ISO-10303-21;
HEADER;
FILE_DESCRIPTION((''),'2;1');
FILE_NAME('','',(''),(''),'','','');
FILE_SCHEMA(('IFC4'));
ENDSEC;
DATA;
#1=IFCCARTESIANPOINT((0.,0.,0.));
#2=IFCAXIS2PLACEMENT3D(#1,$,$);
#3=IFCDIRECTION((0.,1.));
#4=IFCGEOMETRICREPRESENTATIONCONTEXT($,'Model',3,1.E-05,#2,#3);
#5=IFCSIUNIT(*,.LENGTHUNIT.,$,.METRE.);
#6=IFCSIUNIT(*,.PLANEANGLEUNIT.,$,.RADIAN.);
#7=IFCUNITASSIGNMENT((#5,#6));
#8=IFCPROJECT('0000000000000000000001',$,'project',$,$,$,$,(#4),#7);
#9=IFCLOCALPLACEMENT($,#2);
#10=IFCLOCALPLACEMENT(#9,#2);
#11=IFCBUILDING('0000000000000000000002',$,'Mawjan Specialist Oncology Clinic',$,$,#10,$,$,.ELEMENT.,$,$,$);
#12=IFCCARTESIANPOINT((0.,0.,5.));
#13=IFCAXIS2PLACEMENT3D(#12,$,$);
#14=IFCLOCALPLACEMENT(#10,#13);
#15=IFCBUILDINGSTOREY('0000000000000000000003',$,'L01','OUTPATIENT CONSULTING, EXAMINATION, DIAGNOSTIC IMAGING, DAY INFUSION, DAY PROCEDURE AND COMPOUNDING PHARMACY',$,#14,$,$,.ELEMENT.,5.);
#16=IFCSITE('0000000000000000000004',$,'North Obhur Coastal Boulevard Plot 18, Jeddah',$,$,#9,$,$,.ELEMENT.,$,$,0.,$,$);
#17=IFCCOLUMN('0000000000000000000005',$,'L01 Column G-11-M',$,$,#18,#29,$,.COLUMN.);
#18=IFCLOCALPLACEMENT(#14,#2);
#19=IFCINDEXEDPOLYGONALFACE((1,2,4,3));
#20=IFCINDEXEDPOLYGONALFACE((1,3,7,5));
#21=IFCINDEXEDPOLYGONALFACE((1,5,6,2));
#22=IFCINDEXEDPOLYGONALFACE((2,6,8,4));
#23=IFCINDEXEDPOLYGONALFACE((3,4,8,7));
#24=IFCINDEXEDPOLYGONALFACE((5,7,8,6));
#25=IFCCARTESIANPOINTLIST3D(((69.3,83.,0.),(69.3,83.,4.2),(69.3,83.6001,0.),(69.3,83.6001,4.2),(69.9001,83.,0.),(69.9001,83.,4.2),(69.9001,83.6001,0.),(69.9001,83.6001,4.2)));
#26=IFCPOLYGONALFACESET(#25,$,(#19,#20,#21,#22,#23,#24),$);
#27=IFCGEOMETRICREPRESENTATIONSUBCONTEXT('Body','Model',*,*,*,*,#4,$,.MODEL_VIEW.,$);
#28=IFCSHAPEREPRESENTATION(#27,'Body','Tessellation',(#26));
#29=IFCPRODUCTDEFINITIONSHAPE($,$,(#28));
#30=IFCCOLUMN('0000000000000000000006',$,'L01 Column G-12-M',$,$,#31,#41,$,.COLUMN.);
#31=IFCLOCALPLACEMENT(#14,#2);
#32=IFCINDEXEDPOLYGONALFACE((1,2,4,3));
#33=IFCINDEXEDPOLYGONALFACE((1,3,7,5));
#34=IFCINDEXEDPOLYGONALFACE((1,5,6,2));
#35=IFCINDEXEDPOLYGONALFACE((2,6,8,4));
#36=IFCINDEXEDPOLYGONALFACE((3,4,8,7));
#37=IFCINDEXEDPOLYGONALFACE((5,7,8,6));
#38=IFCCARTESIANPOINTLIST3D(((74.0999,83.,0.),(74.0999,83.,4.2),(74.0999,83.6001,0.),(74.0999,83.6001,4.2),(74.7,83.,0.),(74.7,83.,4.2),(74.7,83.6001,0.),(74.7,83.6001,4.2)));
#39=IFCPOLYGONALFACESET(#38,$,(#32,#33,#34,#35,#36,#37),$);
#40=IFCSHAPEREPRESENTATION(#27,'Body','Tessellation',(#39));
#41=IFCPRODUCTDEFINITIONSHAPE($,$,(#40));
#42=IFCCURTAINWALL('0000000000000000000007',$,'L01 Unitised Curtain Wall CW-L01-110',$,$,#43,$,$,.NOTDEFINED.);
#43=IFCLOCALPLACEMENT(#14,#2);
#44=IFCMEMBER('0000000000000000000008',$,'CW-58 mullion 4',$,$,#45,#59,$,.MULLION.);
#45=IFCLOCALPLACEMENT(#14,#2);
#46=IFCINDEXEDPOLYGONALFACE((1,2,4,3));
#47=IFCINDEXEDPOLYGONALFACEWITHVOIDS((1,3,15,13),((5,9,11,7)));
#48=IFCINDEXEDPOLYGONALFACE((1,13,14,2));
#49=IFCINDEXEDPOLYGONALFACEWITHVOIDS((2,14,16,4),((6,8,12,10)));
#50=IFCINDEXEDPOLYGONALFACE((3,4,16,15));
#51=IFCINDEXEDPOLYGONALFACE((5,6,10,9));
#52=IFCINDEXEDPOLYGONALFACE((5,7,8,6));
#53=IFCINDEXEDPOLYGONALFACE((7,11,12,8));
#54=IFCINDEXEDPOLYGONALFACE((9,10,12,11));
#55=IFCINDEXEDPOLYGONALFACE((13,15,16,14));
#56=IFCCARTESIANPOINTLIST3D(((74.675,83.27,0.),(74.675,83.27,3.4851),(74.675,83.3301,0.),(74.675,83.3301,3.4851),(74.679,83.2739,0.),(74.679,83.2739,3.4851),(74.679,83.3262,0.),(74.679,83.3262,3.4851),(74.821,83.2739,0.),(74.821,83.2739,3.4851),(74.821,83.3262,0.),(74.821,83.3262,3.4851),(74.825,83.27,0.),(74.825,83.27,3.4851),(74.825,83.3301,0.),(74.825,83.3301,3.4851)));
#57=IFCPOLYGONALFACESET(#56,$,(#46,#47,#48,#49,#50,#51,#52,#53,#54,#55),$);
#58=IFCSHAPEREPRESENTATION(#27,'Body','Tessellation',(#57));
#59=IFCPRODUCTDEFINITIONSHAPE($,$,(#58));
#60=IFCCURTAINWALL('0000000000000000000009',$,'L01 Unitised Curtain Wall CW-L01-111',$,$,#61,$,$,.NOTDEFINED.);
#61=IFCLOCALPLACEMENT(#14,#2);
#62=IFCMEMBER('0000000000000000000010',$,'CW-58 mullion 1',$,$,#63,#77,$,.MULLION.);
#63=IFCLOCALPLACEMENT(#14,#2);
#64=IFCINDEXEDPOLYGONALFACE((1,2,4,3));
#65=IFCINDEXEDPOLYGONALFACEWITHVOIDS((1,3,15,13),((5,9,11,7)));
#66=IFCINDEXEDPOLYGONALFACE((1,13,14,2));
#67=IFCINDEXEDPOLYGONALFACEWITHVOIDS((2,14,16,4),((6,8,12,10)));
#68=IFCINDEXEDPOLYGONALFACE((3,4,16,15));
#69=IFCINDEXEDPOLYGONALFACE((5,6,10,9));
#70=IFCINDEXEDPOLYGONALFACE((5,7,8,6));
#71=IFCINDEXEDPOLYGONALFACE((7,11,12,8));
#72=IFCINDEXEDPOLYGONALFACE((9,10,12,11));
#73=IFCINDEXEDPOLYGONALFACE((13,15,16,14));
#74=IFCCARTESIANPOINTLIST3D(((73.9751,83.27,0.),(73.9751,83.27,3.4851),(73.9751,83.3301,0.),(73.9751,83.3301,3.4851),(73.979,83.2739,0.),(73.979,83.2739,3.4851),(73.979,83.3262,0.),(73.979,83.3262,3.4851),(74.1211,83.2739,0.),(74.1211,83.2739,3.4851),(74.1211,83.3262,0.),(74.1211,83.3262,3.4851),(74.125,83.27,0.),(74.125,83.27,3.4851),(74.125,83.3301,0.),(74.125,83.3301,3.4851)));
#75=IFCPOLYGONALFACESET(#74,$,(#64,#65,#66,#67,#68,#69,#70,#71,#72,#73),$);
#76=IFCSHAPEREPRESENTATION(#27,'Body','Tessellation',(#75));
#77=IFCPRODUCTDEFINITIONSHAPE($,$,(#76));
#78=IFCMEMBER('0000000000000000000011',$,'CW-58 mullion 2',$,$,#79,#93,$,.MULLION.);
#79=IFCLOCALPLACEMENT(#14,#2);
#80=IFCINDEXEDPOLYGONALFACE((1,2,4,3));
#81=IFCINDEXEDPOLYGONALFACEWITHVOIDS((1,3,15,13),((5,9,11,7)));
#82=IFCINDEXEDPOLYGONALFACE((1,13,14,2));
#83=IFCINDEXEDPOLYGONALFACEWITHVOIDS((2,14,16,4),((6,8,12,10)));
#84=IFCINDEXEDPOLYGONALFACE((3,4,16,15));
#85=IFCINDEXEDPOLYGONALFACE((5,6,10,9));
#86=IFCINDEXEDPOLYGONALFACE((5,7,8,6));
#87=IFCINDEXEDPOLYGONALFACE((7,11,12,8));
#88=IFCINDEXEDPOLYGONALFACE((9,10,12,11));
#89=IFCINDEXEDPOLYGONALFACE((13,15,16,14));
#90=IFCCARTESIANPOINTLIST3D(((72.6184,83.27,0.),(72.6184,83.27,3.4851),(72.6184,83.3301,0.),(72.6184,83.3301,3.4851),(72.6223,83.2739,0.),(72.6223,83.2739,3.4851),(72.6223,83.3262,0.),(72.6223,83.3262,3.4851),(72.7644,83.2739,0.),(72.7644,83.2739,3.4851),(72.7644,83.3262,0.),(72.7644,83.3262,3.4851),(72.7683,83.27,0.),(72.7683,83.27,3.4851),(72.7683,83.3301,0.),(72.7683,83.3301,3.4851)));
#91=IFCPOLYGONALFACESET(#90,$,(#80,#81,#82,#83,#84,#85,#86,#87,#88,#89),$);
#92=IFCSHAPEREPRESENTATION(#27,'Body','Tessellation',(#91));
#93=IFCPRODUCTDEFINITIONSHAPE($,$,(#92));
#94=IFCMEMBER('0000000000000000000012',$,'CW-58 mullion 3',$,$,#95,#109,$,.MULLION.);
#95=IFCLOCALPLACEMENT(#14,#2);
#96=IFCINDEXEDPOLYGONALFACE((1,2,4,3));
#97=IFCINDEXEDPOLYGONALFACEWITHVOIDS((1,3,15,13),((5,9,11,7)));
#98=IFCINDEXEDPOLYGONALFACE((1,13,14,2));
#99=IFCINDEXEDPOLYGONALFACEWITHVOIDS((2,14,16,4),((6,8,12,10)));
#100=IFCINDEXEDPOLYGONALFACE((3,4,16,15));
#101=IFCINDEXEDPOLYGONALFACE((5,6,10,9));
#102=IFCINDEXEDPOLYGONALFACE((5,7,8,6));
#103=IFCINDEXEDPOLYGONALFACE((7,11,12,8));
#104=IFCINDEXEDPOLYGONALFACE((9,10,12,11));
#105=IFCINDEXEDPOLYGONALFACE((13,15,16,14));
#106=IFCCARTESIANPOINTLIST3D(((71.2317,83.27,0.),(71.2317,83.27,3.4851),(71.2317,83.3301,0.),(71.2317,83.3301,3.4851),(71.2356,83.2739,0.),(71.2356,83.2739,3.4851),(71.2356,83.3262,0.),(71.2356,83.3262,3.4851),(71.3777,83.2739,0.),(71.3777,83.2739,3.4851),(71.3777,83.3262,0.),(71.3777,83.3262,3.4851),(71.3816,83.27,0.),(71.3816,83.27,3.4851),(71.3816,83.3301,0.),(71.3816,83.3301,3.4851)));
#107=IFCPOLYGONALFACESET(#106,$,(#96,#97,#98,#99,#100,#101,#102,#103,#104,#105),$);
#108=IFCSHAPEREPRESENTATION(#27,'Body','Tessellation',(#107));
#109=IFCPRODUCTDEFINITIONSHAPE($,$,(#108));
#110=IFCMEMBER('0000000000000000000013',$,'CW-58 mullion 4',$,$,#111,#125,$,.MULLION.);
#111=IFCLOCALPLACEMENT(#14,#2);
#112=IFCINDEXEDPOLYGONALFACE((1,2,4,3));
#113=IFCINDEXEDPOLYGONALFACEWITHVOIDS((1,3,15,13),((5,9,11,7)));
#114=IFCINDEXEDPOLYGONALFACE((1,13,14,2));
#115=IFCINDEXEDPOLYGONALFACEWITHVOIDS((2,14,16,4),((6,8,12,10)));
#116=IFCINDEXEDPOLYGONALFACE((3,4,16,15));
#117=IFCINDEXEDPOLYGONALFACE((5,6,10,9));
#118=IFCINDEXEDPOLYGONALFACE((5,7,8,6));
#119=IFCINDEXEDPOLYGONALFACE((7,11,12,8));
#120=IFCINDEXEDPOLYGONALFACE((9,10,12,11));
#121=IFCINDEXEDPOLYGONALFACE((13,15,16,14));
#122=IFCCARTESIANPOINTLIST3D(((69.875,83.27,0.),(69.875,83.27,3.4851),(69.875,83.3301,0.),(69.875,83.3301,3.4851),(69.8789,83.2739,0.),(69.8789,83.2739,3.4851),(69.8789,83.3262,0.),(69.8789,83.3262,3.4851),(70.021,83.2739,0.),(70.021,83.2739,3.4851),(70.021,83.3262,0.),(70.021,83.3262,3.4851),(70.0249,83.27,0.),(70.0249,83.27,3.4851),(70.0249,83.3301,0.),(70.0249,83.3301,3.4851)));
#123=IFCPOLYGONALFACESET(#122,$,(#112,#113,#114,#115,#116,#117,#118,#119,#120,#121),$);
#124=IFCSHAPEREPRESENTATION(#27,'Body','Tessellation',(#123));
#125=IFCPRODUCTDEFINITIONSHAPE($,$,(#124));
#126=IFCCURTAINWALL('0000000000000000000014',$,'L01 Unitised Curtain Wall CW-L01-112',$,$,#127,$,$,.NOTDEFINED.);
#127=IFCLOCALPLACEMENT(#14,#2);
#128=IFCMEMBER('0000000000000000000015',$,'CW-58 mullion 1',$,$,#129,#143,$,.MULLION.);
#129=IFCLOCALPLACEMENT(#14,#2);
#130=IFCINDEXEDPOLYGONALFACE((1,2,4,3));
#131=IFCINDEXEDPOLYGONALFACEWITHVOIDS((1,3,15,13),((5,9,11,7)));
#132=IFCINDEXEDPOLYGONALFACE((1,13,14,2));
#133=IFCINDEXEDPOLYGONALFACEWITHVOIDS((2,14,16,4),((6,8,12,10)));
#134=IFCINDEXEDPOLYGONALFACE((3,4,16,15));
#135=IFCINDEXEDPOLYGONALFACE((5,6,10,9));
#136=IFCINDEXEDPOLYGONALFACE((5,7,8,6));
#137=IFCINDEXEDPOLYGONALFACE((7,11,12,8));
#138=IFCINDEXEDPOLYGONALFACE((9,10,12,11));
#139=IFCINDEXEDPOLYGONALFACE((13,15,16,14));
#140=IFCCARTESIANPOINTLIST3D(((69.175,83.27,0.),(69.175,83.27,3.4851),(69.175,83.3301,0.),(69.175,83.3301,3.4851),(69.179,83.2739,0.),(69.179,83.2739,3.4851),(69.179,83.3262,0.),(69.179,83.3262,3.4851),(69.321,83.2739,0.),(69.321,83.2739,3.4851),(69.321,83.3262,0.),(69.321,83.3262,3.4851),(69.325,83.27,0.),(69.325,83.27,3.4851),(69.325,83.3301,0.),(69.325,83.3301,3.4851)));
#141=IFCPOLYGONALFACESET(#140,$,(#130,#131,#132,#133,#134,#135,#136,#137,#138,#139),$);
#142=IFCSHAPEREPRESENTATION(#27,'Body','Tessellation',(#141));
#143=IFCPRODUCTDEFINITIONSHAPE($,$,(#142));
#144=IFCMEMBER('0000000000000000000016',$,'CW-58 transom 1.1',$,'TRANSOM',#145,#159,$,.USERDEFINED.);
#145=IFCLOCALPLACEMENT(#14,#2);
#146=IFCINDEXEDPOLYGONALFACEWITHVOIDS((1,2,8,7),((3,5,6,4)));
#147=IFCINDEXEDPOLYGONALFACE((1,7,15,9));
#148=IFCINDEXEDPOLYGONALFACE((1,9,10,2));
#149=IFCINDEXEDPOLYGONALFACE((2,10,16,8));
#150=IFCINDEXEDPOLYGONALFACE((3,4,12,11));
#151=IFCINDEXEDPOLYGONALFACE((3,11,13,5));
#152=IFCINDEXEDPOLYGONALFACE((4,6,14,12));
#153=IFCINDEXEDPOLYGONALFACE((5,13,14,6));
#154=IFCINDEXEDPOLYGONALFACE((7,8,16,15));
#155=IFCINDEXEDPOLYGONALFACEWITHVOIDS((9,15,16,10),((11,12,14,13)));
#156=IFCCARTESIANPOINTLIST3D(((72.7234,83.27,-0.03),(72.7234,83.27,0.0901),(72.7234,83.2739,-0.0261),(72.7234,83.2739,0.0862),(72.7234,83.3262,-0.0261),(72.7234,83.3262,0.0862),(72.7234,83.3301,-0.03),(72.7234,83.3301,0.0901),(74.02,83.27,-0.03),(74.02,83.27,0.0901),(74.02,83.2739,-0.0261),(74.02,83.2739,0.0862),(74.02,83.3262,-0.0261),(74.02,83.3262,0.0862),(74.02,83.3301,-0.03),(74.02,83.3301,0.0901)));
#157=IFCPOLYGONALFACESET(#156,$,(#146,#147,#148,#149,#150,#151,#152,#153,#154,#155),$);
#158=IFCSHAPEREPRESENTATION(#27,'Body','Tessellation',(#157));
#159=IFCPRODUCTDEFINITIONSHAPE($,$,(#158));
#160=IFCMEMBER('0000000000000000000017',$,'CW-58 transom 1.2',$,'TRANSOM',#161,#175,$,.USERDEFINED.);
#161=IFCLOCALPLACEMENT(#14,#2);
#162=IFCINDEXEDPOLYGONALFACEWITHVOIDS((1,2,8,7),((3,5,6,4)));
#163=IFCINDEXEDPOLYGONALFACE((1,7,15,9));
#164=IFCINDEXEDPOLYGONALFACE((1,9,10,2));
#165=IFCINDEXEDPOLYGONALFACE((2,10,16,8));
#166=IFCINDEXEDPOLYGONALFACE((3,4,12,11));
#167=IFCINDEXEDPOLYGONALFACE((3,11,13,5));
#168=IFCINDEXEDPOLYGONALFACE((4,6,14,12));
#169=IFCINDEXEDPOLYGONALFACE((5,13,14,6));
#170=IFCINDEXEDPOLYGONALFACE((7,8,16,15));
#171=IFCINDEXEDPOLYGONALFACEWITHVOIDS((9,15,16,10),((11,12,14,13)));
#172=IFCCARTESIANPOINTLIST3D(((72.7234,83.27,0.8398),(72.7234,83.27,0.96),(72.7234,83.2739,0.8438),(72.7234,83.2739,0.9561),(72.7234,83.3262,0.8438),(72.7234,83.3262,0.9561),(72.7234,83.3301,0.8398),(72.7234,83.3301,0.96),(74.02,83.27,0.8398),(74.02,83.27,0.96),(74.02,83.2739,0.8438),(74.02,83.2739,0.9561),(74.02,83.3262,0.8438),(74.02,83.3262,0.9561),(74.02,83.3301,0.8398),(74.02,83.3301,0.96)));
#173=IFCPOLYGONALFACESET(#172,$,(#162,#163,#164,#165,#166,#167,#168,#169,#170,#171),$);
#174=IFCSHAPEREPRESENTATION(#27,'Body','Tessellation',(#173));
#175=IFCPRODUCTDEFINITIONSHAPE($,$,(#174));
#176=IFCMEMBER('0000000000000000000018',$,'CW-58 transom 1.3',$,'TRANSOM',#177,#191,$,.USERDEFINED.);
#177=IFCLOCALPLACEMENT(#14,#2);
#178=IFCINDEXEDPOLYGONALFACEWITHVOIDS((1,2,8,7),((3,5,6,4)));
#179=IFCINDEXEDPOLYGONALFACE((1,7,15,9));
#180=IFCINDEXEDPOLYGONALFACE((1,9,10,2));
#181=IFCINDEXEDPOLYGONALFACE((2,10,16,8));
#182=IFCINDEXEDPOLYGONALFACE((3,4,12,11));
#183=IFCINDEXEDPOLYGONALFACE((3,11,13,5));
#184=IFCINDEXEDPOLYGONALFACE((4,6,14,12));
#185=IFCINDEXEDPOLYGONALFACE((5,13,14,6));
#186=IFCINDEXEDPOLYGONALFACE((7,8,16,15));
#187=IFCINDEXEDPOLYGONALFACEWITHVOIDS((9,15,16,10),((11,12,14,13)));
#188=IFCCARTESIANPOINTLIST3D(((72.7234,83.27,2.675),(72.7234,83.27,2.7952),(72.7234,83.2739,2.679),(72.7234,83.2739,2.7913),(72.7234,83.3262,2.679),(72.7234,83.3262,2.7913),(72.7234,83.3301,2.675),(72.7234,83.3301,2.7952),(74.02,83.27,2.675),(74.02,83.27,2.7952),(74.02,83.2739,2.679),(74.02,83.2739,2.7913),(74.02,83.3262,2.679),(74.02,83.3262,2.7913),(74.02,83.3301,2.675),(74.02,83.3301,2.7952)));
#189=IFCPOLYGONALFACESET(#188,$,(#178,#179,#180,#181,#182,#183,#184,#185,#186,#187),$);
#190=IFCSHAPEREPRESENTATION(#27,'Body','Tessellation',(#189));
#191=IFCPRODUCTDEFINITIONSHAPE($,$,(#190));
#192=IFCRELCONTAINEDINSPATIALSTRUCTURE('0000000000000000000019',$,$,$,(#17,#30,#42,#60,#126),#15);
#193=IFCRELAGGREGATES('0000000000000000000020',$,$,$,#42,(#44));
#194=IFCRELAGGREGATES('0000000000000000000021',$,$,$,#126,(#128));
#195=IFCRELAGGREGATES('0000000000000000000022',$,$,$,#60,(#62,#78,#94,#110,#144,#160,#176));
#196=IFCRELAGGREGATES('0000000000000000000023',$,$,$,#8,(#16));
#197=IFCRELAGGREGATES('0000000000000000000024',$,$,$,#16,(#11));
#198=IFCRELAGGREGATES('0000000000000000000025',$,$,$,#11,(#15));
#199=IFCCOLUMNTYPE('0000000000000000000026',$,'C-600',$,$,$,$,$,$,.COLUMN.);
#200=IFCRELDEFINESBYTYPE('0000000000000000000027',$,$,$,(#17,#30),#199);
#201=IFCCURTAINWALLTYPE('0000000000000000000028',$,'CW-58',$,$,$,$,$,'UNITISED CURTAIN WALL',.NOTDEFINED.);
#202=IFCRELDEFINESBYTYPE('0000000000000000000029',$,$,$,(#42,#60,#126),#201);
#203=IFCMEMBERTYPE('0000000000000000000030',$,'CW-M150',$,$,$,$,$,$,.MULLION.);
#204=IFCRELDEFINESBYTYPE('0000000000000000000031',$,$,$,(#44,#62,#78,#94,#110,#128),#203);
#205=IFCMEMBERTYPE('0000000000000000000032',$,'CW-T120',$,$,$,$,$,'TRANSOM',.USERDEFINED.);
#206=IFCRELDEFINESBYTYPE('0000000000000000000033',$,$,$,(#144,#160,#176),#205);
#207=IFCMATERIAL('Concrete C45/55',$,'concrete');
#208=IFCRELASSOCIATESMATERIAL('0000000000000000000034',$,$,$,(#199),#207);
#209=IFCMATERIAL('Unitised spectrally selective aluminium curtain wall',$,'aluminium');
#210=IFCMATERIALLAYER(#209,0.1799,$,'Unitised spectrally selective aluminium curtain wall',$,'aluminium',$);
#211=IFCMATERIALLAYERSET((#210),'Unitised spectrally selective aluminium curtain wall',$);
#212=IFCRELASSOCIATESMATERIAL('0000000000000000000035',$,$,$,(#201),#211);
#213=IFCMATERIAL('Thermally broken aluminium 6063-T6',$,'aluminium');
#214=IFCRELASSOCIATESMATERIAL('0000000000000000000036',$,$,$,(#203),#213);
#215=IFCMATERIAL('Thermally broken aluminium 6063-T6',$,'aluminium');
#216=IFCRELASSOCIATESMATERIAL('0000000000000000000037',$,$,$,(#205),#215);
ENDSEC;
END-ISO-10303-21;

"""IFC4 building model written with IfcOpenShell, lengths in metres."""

from ifc_helpers import new_model, si_unit, direction, frame, origin, origin_2d, place, context, subcontext, project, spatial, rectangle, hollow_rectangle, extrude, material, layer, layer_set, material_profile, profile_set, type_object, element, aggregate, save


model = new_model("IFC4")

# Units and contexts
model_context = context("Model", 3, precision=1e-05, world=origin(), true_north=direction((0.0, 1.0)))
body_context = subcontext(model_context, "Body", "Model", "MODEL_VIEW")
ifc_project = project(units=[si_unit("LENGTHUNIT", "METRE"), si_unit("PLANEANGLEUNIT", "RADIAN")], contexts=[model_context])

# Site, building, storey
site_placement = place(None, origin())
site = spatial("IfcSite", under=ifc_project, at=site_placement, Name="North Obhur Coastal Boulevard Plot 18, Jeddah", CompositionType="ELEMENT", RefElevation=0.0)
building_placement = place(site_placement, origin())
building = spatial("IfcBuilding", under=site, at=building_placement, Name="Mawjan Specialist Oncology Clinic", CompositionType="ELEMENT")
storey_placement = place(building_placement, frame((0.0, 0.0, 5.0)))
storey = spatial("IfcBuildingStorey", under=building, at=storey_placement, Name="L01", Description="OUTPATIENT CONSULTING, EXAMINATION, DIAGNOSTIC IMAGING, DAY INFUSION, DAY PROCEDURE AND COMPOUNDING PHARMACY", CompositionType="ELEMENT", Elevation=5.0)

# Columns
ifc_material_1 = material(Name="Concrete C45/55", Category="concrete")
ifc_material_profile_1 = material_profile(ifc_material_1, rectangle(XDim=0.6001, YDim=0.6001, at=origin_2d()), Name="RC COL 600x600", Category="concrete")
ifc_profile_set_1 = profile_set([ifc_material_profile_1], Name="Concrete C45/55")
column_type = type_object("IfcColumnType", Name="C-600", PredefinedType="COLUMN", material=ifc_profile_set_1)
for number, where, z_axis, x_axis, name in (
    (1, (69.6001, 83.3, 0.0), (0.0, 0.0, 1.0), (1.0, 0.0, 0.0), "L01 Column G-11-M"),
    (2, (74.3999, 83.3, 0.0), (0.0, 0.0, 1.0), (1.0, 0.0, 0.0), "L01 Column G-12-M"),
):
    element("IfcColumn", number, at=place(storey_placement, frame(where, z_axis=z_axis, x_axis=x_axis)), inside=storey, type_object=column_type, Name=name, PredefinedType="COLUMN", context=body_context, shape_type="SweptSolid", body=[
        extrude(rectangle(XDim=0.6001, YDim=0.6001, at=origin_2d()), origin(), (0.0, 0.0, 1.0), 4.2),
    ])

# Curtain wall, member
ifc_material_2 = material(Name="Unitised spectrally selective aluminium curtain wall", Category="aluminium")
ifc_layer_1 = layer(ifc_material_2, 0.1799, Name="Unitised spectrally selective aluminium curtain wall", Category="aluminium")
ifc_layer_set_1 = layer_set([ifc_layer_1], Name="Unitised spectrally selective aluminium curtain wall")
curtain_wall_type = type_object("IfcCurtainWallType", Name="CW-58", ElementType="UNITISED CURTAIN WALL", PredefinedType="NOTDEFINED", material=ifc_layer_set_1)
curtain_wall_1_placement = place(storey_placement, origin())
curtain_wall_1 = element("IfcCurtainWall", 3, at=curtain_wall_1_placement, inside=storey, type_object=curtain_wall_type, Name="L01 Unitised Curtain Wall CW-L01-110", PredefinedType="NOTDEFINED")
ifc_material_3 = material(Name="Thermally broken aluminium 6063-T6", Category="aluminium")
ifc_material_profile_2 = material_profile(ifc_material_3, hollow_rectangle(XDim=0.0601, YDim=0.1499, WallThickness=0.0039, at=origin_2d()), Name="ALU MULLION 150x60x4", Category="aluminium")
ifc_profile_set_2 = profile_set([ifc_material_profile_2], Name="Thermally broken aluminium 6063-T6")
member_type_1 = type_object("IfcMemberType", Name="CW-M150", PredefinedType="MULLION", material=ifc_profile_set_2)
member_1_placement = place(storey_placement, frame((74.75, 83.3, 0.0), z_axis=(0.0, 0.0, 1.0), x_axis=(0.0, -1.0, 0.0)))
member_1 = element("IfcMember", 4, at=member_1_placement, type_object=member_type_1, Name="CW-58 mullion 4", PredefinedType="MULLION", context=body_context, shape_type="SweptSolid", body=[
    extrude(hollow_rectangle(XDim=0.0601, YDim=0.1499, WallThickness=0.0039, at=origin_2d()), origin(), (0.0, 0.0, 1.0), 3.4851),
])
aggregate(curtain_wall_1, [member_1])

# Curtain wall, members
curtain_wall_2_placement = place(storey_placement, origin())
curtain_wall_2 = element("IfcCurtainWall", 5, at=curtain_wall_2_placement, inside=storey, type_object=curtain_wall_type, Name="L01 Unitised Curtain Wall CW-L01-111", PredefinedType="NOTDEFINED")
member_2_placement = place(storey_placement, frame((74.05, 83.3, 0.0), z_axis=(0.0, 0.0, 1.0), x_axis=(0.0, -1.0, 0.0)))
member_2 = element("IfcMember", 6, at=member_2_placement, type_object=member_type_1, Name="CW-58 mullion 1", PredefinedType="MULLION", context=body_context, shape_type="SweptSolid", body=[
    extrude(hollow_rectangle(XDim=0.0601, YDim=0.1499, WallThickness=0.0039, at=origin_2d()), origin(), (0.0, 0.0, 1.0), 3.4851),
])
member_3_placement = place(storey_placement, frame((72.6934, 83.3, 0.0), z_axis=(0.0, 0.0, 1.0), x_axis=(0.0, -1.0, 0.0)))
member_3 = element("IfcMember", 7, at=member_3_placement, type_object=member_type_1, Name="CW-58 mullion 2", PredefinedType="MULLION", context=body_context, shape_type="SweptSolid", body=[
    extrude(hollow_rectangle(XDim=0.0601, YDim=0.1499, WallThickness=0.0039, at=origin_2d()), origin(), (0.0, 0.0, 1.0), 3.4851),
])
member_4_placement = place(storey_placement, frame((71.3066, 83.3, 0.0), z_axis=(0.0, 0.0, 1.0), x_axis=(0.0, -1.0, 0.0)))
member_4 = element("IfcMember", 8, at=member_4_placement, type_object=member_type_1, Name="CW-58 mullion 3", PredefinedType="MULLION", context=body_context, shape_type="SweptSolid", body=[
    extrude(hollow_rectangle(XDim=0.0601, YDim=0.1499, WallThickness=0.0039, at=origin_2d()), origin(), (0.0, 0.0, 1.0), 3.4851),
])
member_5_placement = place(storey_placement, frame((69.95, 83.3, 0.0), z_axis=(0.0, 0.0, 1.0), x_axis=(0.0, -1.0, 0.0)))
member_5 = element("IfcMember", 9, at=member_5_placement, type_object=member_type_1, Name="CW-58 mullion 4", PredefinedType="MULLION", context=body_context, shape_type="SweptSolid", body=[
    extrude(hollow_rectangle(XDim=0.0601, YDim=0.1499, WallThickness=0.0039, at=origin_2d()), origin(), (0.0, 0.0, 1.0), 3.4851),
])

# Curtain wall, member
curtain_wall_3_placement = place(storey_placement, origin())
curtain_wall_3 = element("IfcCurtainWall", 10, at=curtain_wall_3_placement, inside=storey, type_object=curtain_wall_type, Name="L01 Unitised Curtain Wall CW-L01-112", PredefinedType="NOTDEFINED")
member_6_placement = place(storey_placement, frame((69.25, 83.3, 0.0), z_axis=(0.0, 0.0, 1.0), x_axis=(0.0, -1.0, 0.0)))
member_6 = element("IfcMember", 11, at=member_6_placement, type_object=member_type_1, Name="CW-58 mullion 1", PredefinedType="MULLION", context=body_context, shape_type="SweptSolid", body=[
    extrude(hollow_rectangle(XDim=0.0601, YDim=0.1499, WallThickness=0.0039, at=origin_2d()), origin(), (0.0, 0.0, 1.0), 3.4851),
])
aggregate(curtain_wall_3, [member_6])

# Members
ifc_material_4 = material(Name="Thermally broken aluminium 6063-T6", Category="aluminium")
ifc_material_profile_3 = material_profile(ifc_material_4, hollow_rectangle(XDim=0.0601, YDim=0.1201, WallThickness=0.0039, at=origin_2d()), Name="ALU TRANSOM 120x60x4", Category="aluminium")
ifc_profile_set_3 = profile_set([ifc_material_profile_3], Name="Thermally broken aluminium 6063-T6")
member_type_2 = type_object("IfcMemberType", Name="CW-T120", ElementType="TRANSOM", PredefinedType="USERDEFINED", material=ifc_profile_set_3)
member_7_placement = place(storey_placement, frame((74.02, 83.3, 0.03), z_axis=(-1.0, 0.0, 0.0), x_axis=(0.0, -1.0, 0.0)))
member_7 = element("IfcMember", 12, at=member_7_placement, type_object=member_type_2, Name="CW-58 transom 1.1", ObjectType="TRANSOM", PredefinedType="USERDEFINED", context=body_context, shape_type="SweptSolid", body=[
    extrude(hollow_rectangle(XDim=0.0601, YDim=0.1201, WallThickness=0.0039, at=origin_2d()), origin(), (0.0, 0.0, 1.0), 1.2966),
])
member_8_placement = place(storey_placement, frame((74.02, 83.3, 0.8999), z_axis=(-1.0, 0.0, 0.0), x_axis=(0.0, -1.0, 0.0)))
member_8 = element("IfcMember", 13, at=member_8_placement, type_object=member_type_2, Name="CW-58 transom 1.2", ObjectType="TRANSOM", PredefinedType="USERDEFINED", context=body_context, shape_type="SweptSolid", body=[
    extrude(hollow_rectangle(XDim=0.0601, YDim=0.1201, WallThickness=0.0039, at=origin_2d()), origin(), (0.0, 0.0, 1.0), 1.2966),
])
member_9_placement = place(storey_placement, frame((74.02, 83.3, 2.7351), z_axis=(-1.0, 0.0, 0.0), x_axis=(0.0, -1.0, 0.0)))
member_9 = element("IfcMember", 14, at=member_9_placement, type_object=member_type_2, Name="CW-58 transom 1.3", ObjectType="TRANSOM", PredefinedType="USERDEFINED", context=body_context, shape_type="SweptSolid", body=[
    extrude(hollow_rectangle(XDim=0.0601, YDim=0.1201, WallThickness=0.0039, at=origin_2d()), origin(), (0.0, 0.0, 1.0), 1.2966),
])

aggregate(curtain_wall_2, [member_2, member_3, member_4, member_5, member_7, member_8, member_9])

save(model, "model.ifc")
